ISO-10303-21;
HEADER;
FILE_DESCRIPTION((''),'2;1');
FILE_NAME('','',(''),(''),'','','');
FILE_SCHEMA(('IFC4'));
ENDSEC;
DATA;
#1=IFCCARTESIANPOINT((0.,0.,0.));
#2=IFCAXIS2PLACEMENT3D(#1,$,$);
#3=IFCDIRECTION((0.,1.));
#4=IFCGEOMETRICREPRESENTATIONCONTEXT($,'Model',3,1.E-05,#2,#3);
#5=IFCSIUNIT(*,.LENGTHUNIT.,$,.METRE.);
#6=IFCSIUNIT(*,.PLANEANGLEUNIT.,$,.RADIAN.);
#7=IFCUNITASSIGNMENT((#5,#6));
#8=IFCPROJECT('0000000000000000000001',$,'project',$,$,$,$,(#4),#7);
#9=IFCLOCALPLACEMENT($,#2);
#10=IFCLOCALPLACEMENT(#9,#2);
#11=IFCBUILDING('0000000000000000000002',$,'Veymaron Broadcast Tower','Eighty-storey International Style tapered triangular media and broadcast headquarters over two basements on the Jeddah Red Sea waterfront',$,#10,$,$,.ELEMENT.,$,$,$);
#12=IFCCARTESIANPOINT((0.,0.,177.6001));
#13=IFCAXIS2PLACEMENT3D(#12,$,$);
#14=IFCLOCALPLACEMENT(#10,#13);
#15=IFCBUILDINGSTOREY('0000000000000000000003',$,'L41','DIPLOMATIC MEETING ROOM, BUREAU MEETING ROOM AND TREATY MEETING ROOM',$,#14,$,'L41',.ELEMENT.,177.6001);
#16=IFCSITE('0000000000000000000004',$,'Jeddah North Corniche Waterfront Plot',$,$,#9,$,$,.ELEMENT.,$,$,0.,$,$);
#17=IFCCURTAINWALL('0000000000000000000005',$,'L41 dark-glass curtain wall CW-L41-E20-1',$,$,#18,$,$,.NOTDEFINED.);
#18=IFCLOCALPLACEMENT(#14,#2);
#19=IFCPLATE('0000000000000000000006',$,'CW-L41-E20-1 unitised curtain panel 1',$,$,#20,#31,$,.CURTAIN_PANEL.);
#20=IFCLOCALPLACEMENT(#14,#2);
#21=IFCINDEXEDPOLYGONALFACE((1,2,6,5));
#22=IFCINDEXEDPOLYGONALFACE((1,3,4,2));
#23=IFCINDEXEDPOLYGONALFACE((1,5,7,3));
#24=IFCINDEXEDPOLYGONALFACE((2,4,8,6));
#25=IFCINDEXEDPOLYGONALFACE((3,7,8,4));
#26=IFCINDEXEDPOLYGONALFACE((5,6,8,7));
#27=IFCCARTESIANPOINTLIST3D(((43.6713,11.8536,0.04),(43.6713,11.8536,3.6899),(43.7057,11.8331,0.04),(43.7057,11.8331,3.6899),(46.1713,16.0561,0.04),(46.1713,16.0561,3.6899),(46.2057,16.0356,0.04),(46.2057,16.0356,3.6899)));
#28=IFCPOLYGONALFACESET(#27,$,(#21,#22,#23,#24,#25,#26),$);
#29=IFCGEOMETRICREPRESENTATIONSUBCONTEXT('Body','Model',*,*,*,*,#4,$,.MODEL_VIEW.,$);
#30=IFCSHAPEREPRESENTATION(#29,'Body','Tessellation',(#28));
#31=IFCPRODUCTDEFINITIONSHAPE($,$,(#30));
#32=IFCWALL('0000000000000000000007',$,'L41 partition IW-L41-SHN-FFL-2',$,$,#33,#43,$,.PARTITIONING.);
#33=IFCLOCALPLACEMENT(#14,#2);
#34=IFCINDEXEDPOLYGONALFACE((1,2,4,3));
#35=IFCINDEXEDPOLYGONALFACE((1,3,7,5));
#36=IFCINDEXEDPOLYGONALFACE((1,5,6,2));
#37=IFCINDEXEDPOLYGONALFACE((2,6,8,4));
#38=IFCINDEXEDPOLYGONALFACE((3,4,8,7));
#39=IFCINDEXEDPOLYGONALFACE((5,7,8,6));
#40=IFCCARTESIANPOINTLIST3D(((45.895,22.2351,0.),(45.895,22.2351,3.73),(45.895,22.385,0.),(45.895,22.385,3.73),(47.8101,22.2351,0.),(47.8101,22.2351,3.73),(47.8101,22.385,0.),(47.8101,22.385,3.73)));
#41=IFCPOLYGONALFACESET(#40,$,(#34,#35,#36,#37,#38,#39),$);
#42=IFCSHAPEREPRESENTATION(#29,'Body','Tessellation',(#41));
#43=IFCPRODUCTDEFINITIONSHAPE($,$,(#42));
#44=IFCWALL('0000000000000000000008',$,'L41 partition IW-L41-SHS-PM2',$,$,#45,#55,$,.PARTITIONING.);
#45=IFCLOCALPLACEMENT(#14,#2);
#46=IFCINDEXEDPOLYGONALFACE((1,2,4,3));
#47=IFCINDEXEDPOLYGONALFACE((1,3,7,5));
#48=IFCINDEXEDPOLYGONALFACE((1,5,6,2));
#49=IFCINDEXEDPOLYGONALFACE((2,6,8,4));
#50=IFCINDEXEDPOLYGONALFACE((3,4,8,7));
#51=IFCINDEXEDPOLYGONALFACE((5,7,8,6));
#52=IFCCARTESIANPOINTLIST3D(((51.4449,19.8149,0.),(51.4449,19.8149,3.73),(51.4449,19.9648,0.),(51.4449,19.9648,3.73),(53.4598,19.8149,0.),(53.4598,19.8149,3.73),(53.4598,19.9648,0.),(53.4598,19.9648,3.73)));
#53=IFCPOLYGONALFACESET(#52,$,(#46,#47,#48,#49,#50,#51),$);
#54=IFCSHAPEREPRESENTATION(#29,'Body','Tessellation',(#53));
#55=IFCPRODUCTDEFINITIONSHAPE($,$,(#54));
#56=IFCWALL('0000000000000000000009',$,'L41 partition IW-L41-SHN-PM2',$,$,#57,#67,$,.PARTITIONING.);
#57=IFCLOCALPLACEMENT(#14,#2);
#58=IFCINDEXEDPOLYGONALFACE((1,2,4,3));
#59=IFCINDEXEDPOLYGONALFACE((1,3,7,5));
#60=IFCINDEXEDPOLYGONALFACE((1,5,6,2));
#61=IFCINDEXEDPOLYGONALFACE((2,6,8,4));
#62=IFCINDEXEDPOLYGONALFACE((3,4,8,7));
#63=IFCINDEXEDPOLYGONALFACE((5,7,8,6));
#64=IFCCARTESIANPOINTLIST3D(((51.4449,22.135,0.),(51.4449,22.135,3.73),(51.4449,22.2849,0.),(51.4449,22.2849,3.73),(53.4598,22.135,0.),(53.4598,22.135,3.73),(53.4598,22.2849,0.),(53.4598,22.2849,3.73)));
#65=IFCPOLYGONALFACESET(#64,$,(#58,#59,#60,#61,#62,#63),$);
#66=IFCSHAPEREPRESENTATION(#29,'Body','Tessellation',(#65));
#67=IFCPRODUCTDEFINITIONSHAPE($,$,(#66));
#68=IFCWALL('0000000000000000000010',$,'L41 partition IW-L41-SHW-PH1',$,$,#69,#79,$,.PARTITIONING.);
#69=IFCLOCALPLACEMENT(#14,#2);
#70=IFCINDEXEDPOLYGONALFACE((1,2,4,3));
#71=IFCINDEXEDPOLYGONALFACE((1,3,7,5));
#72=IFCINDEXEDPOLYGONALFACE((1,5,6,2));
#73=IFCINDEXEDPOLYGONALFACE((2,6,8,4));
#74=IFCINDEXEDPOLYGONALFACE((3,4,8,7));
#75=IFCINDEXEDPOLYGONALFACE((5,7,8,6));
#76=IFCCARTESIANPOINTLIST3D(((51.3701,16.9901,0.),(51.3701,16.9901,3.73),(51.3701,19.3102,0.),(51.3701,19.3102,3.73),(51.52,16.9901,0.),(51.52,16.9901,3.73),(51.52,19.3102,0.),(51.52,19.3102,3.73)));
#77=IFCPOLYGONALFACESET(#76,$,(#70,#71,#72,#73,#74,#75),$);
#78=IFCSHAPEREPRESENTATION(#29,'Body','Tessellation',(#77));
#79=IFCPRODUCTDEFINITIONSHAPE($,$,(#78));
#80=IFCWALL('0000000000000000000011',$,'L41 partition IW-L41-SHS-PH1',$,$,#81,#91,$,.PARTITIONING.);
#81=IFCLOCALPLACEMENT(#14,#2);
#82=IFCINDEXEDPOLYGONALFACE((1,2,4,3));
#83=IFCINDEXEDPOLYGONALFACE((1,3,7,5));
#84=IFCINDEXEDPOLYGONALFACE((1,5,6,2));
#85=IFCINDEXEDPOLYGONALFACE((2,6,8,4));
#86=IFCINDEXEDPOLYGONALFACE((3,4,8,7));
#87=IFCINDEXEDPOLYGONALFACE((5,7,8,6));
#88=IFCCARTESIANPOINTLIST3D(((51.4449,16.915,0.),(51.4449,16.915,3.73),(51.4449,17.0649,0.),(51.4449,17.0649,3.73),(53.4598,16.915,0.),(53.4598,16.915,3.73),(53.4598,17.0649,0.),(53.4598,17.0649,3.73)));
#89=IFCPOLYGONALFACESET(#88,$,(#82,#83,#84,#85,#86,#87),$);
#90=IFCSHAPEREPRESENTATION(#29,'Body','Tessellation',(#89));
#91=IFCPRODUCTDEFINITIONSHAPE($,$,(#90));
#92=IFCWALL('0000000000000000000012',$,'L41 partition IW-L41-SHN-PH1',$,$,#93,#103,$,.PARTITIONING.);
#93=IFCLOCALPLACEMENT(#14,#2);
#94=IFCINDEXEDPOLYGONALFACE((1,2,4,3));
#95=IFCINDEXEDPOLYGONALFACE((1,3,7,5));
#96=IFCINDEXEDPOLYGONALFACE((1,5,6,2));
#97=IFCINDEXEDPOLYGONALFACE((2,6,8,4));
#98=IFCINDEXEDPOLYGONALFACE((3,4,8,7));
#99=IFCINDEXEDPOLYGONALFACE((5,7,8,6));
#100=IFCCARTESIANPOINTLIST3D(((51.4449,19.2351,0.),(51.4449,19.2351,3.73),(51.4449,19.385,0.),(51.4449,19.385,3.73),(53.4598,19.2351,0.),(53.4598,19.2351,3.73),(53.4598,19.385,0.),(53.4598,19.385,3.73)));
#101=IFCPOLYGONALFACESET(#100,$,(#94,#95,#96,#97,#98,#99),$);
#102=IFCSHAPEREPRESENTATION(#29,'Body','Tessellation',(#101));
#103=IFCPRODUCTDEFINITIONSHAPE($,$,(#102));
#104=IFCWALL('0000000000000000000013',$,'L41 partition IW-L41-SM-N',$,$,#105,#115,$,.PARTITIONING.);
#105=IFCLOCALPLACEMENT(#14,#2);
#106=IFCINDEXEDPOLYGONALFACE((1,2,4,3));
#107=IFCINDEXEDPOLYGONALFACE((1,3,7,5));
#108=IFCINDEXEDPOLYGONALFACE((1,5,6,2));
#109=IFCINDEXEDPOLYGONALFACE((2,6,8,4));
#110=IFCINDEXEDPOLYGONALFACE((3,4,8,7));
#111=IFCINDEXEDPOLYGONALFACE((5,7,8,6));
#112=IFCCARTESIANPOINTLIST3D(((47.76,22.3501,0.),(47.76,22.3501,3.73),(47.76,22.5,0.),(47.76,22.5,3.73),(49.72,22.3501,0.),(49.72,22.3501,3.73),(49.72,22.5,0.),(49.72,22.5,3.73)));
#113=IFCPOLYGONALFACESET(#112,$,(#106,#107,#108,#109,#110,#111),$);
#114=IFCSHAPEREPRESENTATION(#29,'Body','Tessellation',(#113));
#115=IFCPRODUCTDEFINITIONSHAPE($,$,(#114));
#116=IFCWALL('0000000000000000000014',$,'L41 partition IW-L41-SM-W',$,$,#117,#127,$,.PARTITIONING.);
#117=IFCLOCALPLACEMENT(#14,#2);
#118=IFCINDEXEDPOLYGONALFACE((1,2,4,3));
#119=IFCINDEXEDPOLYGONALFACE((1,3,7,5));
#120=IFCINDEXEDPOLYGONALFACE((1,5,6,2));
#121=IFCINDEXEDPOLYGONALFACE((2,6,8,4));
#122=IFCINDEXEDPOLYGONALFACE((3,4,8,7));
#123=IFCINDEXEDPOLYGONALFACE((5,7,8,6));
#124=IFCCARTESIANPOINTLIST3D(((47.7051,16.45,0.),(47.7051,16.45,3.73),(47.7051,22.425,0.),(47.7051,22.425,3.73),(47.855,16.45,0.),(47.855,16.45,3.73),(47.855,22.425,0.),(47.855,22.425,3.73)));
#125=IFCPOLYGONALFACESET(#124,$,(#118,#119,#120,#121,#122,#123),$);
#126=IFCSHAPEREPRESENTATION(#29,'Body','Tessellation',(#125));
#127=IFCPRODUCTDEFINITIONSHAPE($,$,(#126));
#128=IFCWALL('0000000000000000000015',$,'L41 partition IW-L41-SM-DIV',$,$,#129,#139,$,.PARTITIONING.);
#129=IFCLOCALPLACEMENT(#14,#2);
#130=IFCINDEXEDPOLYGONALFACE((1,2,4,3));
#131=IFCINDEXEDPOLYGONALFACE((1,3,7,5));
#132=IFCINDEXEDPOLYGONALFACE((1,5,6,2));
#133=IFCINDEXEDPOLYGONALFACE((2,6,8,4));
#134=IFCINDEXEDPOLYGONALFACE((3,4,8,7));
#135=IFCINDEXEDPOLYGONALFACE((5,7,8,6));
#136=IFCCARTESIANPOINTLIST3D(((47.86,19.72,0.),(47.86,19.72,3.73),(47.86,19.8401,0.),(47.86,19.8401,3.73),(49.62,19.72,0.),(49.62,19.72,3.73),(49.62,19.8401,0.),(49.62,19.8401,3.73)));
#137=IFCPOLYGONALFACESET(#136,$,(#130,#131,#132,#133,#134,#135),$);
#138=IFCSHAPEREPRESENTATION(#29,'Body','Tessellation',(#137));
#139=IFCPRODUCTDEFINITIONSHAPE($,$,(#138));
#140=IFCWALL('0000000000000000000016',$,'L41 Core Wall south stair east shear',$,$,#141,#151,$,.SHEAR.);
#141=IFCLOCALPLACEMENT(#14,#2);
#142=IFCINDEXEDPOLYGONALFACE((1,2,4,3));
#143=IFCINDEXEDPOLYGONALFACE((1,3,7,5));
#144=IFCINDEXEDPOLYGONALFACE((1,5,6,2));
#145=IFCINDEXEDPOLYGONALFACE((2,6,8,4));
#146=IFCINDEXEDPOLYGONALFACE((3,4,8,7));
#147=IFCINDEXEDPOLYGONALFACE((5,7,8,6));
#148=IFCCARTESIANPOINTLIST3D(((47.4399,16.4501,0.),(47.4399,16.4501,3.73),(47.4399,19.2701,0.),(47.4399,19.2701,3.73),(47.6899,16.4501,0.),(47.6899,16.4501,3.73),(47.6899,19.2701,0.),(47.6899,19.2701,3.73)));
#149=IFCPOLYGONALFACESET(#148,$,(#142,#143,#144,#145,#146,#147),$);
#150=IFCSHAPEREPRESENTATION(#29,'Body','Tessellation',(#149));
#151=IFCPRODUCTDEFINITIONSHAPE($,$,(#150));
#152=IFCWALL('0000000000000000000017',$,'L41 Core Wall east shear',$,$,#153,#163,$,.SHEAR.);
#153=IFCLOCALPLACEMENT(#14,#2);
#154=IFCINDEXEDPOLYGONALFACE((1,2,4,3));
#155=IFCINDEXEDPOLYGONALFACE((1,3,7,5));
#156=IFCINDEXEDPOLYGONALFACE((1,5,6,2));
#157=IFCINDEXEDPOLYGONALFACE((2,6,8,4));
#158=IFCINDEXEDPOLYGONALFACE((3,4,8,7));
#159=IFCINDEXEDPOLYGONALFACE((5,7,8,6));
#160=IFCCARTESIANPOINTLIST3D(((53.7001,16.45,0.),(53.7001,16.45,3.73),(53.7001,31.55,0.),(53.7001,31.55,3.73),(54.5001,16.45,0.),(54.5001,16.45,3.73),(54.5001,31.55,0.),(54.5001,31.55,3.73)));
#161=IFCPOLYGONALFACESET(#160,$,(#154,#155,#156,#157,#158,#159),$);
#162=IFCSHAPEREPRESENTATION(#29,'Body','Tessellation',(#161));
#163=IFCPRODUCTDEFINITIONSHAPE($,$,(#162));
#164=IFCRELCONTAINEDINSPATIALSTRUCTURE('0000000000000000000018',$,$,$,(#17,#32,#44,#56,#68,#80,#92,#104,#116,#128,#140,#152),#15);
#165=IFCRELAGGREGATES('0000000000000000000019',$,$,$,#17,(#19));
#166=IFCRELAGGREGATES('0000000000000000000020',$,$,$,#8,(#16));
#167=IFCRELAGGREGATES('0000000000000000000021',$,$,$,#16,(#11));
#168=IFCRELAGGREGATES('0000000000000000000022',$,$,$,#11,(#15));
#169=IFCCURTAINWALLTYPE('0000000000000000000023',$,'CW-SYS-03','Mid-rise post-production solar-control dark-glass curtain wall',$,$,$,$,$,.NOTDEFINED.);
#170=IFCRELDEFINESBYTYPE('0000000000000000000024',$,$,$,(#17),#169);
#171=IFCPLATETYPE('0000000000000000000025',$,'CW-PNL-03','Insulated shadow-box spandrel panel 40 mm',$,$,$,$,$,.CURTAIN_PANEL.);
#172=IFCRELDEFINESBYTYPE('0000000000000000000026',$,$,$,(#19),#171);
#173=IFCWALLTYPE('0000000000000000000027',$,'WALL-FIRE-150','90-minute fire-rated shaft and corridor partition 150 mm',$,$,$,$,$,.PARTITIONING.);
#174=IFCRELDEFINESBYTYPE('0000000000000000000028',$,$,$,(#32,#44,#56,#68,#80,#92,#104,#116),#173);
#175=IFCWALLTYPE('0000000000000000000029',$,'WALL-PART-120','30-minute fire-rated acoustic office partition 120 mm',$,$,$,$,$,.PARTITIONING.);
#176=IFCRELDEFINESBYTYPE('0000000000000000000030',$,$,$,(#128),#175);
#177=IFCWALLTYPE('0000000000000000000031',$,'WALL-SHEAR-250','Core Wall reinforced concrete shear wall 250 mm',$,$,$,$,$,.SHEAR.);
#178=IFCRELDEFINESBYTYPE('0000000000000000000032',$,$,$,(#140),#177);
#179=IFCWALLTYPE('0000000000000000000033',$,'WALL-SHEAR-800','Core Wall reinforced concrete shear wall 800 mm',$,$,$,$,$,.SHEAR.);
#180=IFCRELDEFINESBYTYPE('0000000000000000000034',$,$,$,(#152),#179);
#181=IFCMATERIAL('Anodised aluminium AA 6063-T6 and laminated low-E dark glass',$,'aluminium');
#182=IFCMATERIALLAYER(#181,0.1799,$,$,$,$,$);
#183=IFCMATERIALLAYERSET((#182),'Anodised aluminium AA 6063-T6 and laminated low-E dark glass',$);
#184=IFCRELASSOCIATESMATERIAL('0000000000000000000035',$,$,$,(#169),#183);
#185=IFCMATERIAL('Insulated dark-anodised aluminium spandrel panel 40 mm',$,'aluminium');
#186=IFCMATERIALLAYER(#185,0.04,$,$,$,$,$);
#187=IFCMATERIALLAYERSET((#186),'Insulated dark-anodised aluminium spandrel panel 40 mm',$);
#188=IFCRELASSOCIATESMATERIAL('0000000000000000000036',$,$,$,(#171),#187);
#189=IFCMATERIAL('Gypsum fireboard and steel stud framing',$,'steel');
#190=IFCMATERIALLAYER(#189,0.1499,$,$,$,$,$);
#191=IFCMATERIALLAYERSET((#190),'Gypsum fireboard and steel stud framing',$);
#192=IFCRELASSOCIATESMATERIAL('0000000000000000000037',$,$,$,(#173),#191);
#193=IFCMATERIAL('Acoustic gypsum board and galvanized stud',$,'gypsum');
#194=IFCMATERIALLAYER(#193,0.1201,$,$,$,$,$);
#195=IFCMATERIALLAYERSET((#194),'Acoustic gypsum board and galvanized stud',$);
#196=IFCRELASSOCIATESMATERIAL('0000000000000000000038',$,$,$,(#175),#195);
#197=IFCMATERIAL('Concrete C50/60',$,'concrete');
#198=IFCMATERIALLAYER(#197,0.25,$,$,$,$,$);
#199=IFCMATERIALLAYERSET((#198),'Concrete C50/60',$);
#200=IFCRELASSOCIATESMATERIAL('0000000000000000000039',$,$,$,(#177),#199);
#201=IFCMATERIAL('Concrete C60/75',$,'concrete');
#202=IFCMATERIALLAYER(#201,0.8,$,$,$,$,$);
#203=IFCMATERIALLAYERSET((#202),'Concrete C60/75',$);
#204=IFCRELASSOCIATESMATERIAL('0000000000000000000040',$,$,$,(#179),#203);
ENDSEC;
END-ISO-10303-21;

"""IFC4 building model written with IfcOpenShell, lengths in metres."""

from ifc_helpers import new_model, si_unit, direction, frame, frame_2d, origin, origin_2d, place, context, subcontext, project, spatial, rectangle, extrude, material, layer, layer_set, type_object, element, aggregate, save


model = new_model("IFC4")

# Units and contexts
model_context = context("Model", 3, precision=1e-05, world=origin(), true_north=direction((0.0, 1.0)))
body_context = subcontext(model_context, "Body", "Model", "MODEL_VIEW")
ifc_project = project(units=[si_unit("LENGTHUNIT", "METRE"), si_unit("PLANEANGLEUNIT", "RADIAN")], contexts=[model_context])

# Site, building, storey
site_placement = place(None, origin())
site = spatial("IfcSite", under=ifc_project, at=site_placement, Name="Jeddah North Corniche Waterfront Plot", CompositionType="ELEMENT", RefElevation=0.0)
building_placement = place(site_placement, origin())
building = spatial("IfcBuilding", under=site, at=building_placement, Name="Veymaron Broadcast Tower", Description="Eighty-storey International Style tapered triangular media and broadcast headquarters over two basements on the Jeddah Red Sea waterfront", CompositionType="ELEMENT")
storey_placement = place(building_placement, frame((0.0, 0.0, 177.6001)))
storey = spatial("IfcBuildingStorey", under=building, at=storey_placement, Name="L41", Description="DIPLOMATIC MEETING ROOM, BUREAU MEETING ROOM AND TREATY MEETING ROOM", LongName="L41", CompositionType="ELEMENT", Elevation=177.6001)

# Shared definitions
ifc_material_1 = material(Name="Anodised aluminium AA 6063-T6 and laminated low-E dark glass", Category="aluminium")
ifc_layer_1 = layer(ifc_material_1, 0.1799)
ifc_layer_set_1 = layer_set([ifc_layer_1], Name="Anodised aluminium AA 6063-T6 and laminated low-E dark glass")
curtain_wall_type = type_object("IfcCurtainWallType", Name="CW-SYS-03", Description="Mid-rise post-production solar-control dark-glass curtain wall", PredefinedType="NOTDEFINED", material=ifc_layer_set_1)

# Curtain wall
curtain_wall_1_placement = place(storey_placement, origin())
curtain_wall_1 = element("IfcCurtainWall", 1, at=curtain_wall_1_placement, inside=storey, type_object=curtain_wall_type, Name="L41 dark-glass curtain wall CW-L41-E20-1", PredefinedType="NOTDEFINED")

# Plate
ifc_material_2 = material(Name="Insulated dark-anodised aluminium spandrel panel 40 mm", Category="aluminium")
ifc_layer_2 = layer(ifc_material_2, 0.04)
ifc_layer_set_2 = layer_set([ifc_layer_2], Name="Insulated dark-anodised aluminium spandrel panel 40 mm")
plate_type = type_object("IfcPlateType", Name="CW-PNL-03", Description="Insulated shadow-box spandrel panel 40 mm", PredefinedType="CURTAIN_PANEL", material=ifc_layer_set_2)
plate_1_placement = place(storey_placement, frame((44.9385, 13.9446, 0.04), z_axis=(0.0, 0.0, 1.0), x_axis=(0.511263, 0.859424, 0.0)))
plate_1 = element("IfcPlate", 2, at=plate_1_placement, type_object=plate_type, Name="CW-L41-E20-1 unitised curtain panel 1", PredefinedType="CURTAIN_PANEL", context=body_context, shape_type="SweptSolid", body=[
    extrude(rectangle(XDim=4.8899, YDim=0.04, at=origin_2d()), origin(), (0.0, 0.0, 1.0), 3.6499),
])
aggregate(curtain_wall_1, [plate_1])

# Shared definitions
ifc_material_3 = material(Name="Gypsum fireboard and steel stud framing", Category="steel")
ifc_layer_3 = layer(ifc_material_3, 0.1499)
ifc_layer_set_3 = layer_set([ifc_layer_3], Name="Gypsum fireboard and steel stud framing")
wall_type_1 = type_object("IfcWallType", Name="WALL-FIRE-150", Description="90-minute fire-rated shaft and corridor partition 150 mm", PredefinedType="PARTITIONING", material=ifc_layer_set_3)

# Wall
wall_1_placement = place(storey_placement, frame((45.895, 22.3101, 0.0), z_axis=(0.0, 0.0, 1.0), x_axis=(1.0, 0.0, 0.0)))
element("IfcWall", 3, at=wall_1_placement, inside=storey, type_object=wall_type_1, Name="L41 partition IW-L41-SHN-FFL-2", PredefinedType="PARTITIONING", context=body_context, shape_type="SweptSolid", body=[
    extrude(rectangle(XDim=1.915, YDim=0.1499, at=frame_2d((0.9575, 0.0))), origin(), (0.0, 0.0, 1.0), 3.73),
])

# Walls
for number, where, z_axis, x_axis, name in (
    (4, (51.4451, 19.8899, 0.0), (0.0, 0.0, 1.0), (1.0, 0.0, 0.0), "L41 partition IW-L41-SHS-PM2"),
    (5, (51.4451, 22.21, 0.0), (0.0, 0.0, 1.0), (1.0, 0.0, 0.0), "L41 partition IW-L41-SHN-PM2"),
):
    element("IfcWall", number, at=place(storey_placement, frame(where, z_axis=z_axis, x_axis=x_axis)), inside=storey, type_object=wall_type_1, Name=name, PredefinedType="PARTITIONING", context=body_context, shape_type="SweptSolid", body=[
        extrude(rectangle(XDim=2.0149, YDim=0.1499, at=frame_2d((1.0073, 0.0))), origin(), (0.0, 0.0, 1.0), 3.73),
    ])
wall_2_placement = place(storey_placement, frame((51.4451, 16.99, 0.0), z_axis=(0.0, 0.0, 1.0), x_axis=(0.0, 1.0, 0.0)))
element("IfcWall", 6, at=wall_2_placement, inside=storey, type_object=wall_type_1, Name="L41 partition IW-L41-SHW-PH1", PredefinedType="PARTITIONING", context=body_context, shape_type="SweptSolid", body=[
    extrude(rectangle(XDim=2.3201, YDim=0.1499, at=frame_2d((1.1602, 0.0))), origin(), (0.0, 0.0, 1.0), 3.73),
])
for number, where, z_axis, x_axis, name in (
    (7, (51.4451, 16.99, 0.0), (0.0, 0.0, 1.0), (1.0, 0.0, 0.0), "L41 partition IW-L41-SHS-PH1"),
    (8, (51.4451, 19.3101, 0.0), (0.0, 0.0, 1.0), (1.0, 0.0, 0.0), "L41 partition IW-L41-SHN-PH1"),
):
    element("IfcWall", number, at=place(storey_placement, frame(where, z_axis=z_axis, x_axis=x_axis)), inside=storey, type_object=wall_type_1, Name=name, PredefinedType="PARTITIONING", context=body_context, shape_type="SweptSolid", body=[
        extrude(rectangle(XDim=2.0149, YDim=0.1499, at=frame_2d((1.0073, 0.0))), origin(), (0.0, 0.0, 1.0), 3.73),
    ])

# Walls
wall_3_placement = place(storey_placement, frame((47.76, 22.425, 0.0), z_axis=(0.0, 0.0, 1.0), x_axis=(1.0, 0.0, 0.0)))
element("IfcWall", 9, at=wall_3_placement, inside=storey, type_object=wall_type_1, Name="L41 partition IW-L41-SM-N", PredefinedType="PARTITIONING", context=body_context, shape_type="SweptSolid", body=[
    extrude(rectangle(XDim=1.96, YDim=0.1499, at=frame_2d((0.98, 0.0))), origin(), (0.0, 0.0, 1.0), 3.73),
])
wall_4_placement = place(storey_placement, frame((47.78, 16.45, 0.0), z_axis=(0.0, 0.0, 1.0), x_axis=(0.0, 1.0, 0.0)))
element("IfcWall", 10, at=wall_4_placement, inside=storey, type_object=wall_type_1, Name="L41 partition IW-L41-SM-W", PredefinedType="PARTITIONING", context=body_context, shape_type="SweptSolid", body=[
    extrude(rectangle(XDim=5.9751, YDim=0.1499, at=frame_2d((2.9875, 0.0))), origin(), (0.0, 0.0, 1.0), 3.73),
])
ifc_material_4 = material(Name="Acoustic gypsum board and galvanized stud", Category="gypsum")
ifc_layer_4 = layer(ifc_material_4, 0.1201)
ifc_layer_set_4 = layer_set([ifc_layer_4], Name="Acoustic gypsum board and galvanized stud")
wall_type_2 = type_object("IfcWallType", Name="WALL-PART-120", Description="30-minute fire-rated acoustic office partition 120 mm", PredefinedType="PARTITIONING", material=ifc_layer_set_4)
wall_5_placement = place(storey_placement, frame((47.8601, 19.78, 0.0), z_axis=(0.0, 0.0, 1.0), x_axis=(1.0, 0.0, 0.0)))
element("IfcWall", 11, at=wall_5_placement, inside=storey, type_object=wall_type_2, Name="L41 partition IW-L41-SM-DIV", PredefinedType="PARTITIONING", context=body_context, shape_type="SweptSolid", body=[
    extrude(rectangle(XDim=1.76, YDim=0.1201, at=frame_2d((0.8799, 0.0))), origin(), (0.0, 0.0, 1.0), 3.73),
])

# Walls
ifc_material_5 = material(Name="Concrete C50/60", Category="concrete")
ifc_layer_5 = layer(ifc_material_5, 0.25)
ifc_layer_set_5 = layer_set([ifc_layer_5], Name="Concrete C50/60")
wall_type_3 = type_object("IfcWallType", Name="WALL-SHEAR-250", Description="Core Wall reinforced concrete shear wall 250 mm", PredefinedType="SHEAR", material=ifc_layer_set_5)
wall_6_placement = place(storey_placement, frame((47.5649, 16.45, 0.0), z_axis=(0.0, 0.0, 1.0), x_axis=(0.0, 1.0, 0.0)))
element("IfcWall", 12, at=wall_6_placement, inside=storey, type_object=wall_type_3, Name="L41 Core Wall south stair east shear", PredefinedType="SHEAR", context=body_context, shape_type="SweptSolid", body=[
    extrude(rectangle(XDim=2.8201, YDim=0.25, at=frame_2d((1.4102, 0.0))), origin(), (0.0, 0.0, 1.0), 3.73),
])
ifc_material_6 = material(Name="Concrete C60/75", Category="concrete")
ifc_layer_6 = layer(ifc_material_6, 0.8)
ifc_layer_set_6 = layer_set([ifc_layer_6], Name="Concrete C60/75")
wall_type_4 = type_object("IfcWallType", Name="WALL-SHEAR-800", Description="Core Wall reinforced concrete shear wall 800 mm", PredefinedType="SHEAR", material=ifc_layer_set_6)
wall_7_placement = place(storey_placement, frame((54.1001, 16.45, 0.0), z_axis=(0.0, 0.0, 1.0), x_axis=(0.0, 1.0, 0.0)))
element("IfcWall", 13, at=wall_7_placement, inside=storey, type_object=wall_type_4, Name="L41 Core Wall east shear", PredefinedType="SHEAR", context=body_context, shape_type="SweptSolid", body=[
    extrude(rectangle(XDim=15.1001, YDim=0.8, at=frame_2d((7.55, 0.0))), origin(), (0.0, 0.0, 1.0), 3.73),
])

save(model, "model.ifc")
